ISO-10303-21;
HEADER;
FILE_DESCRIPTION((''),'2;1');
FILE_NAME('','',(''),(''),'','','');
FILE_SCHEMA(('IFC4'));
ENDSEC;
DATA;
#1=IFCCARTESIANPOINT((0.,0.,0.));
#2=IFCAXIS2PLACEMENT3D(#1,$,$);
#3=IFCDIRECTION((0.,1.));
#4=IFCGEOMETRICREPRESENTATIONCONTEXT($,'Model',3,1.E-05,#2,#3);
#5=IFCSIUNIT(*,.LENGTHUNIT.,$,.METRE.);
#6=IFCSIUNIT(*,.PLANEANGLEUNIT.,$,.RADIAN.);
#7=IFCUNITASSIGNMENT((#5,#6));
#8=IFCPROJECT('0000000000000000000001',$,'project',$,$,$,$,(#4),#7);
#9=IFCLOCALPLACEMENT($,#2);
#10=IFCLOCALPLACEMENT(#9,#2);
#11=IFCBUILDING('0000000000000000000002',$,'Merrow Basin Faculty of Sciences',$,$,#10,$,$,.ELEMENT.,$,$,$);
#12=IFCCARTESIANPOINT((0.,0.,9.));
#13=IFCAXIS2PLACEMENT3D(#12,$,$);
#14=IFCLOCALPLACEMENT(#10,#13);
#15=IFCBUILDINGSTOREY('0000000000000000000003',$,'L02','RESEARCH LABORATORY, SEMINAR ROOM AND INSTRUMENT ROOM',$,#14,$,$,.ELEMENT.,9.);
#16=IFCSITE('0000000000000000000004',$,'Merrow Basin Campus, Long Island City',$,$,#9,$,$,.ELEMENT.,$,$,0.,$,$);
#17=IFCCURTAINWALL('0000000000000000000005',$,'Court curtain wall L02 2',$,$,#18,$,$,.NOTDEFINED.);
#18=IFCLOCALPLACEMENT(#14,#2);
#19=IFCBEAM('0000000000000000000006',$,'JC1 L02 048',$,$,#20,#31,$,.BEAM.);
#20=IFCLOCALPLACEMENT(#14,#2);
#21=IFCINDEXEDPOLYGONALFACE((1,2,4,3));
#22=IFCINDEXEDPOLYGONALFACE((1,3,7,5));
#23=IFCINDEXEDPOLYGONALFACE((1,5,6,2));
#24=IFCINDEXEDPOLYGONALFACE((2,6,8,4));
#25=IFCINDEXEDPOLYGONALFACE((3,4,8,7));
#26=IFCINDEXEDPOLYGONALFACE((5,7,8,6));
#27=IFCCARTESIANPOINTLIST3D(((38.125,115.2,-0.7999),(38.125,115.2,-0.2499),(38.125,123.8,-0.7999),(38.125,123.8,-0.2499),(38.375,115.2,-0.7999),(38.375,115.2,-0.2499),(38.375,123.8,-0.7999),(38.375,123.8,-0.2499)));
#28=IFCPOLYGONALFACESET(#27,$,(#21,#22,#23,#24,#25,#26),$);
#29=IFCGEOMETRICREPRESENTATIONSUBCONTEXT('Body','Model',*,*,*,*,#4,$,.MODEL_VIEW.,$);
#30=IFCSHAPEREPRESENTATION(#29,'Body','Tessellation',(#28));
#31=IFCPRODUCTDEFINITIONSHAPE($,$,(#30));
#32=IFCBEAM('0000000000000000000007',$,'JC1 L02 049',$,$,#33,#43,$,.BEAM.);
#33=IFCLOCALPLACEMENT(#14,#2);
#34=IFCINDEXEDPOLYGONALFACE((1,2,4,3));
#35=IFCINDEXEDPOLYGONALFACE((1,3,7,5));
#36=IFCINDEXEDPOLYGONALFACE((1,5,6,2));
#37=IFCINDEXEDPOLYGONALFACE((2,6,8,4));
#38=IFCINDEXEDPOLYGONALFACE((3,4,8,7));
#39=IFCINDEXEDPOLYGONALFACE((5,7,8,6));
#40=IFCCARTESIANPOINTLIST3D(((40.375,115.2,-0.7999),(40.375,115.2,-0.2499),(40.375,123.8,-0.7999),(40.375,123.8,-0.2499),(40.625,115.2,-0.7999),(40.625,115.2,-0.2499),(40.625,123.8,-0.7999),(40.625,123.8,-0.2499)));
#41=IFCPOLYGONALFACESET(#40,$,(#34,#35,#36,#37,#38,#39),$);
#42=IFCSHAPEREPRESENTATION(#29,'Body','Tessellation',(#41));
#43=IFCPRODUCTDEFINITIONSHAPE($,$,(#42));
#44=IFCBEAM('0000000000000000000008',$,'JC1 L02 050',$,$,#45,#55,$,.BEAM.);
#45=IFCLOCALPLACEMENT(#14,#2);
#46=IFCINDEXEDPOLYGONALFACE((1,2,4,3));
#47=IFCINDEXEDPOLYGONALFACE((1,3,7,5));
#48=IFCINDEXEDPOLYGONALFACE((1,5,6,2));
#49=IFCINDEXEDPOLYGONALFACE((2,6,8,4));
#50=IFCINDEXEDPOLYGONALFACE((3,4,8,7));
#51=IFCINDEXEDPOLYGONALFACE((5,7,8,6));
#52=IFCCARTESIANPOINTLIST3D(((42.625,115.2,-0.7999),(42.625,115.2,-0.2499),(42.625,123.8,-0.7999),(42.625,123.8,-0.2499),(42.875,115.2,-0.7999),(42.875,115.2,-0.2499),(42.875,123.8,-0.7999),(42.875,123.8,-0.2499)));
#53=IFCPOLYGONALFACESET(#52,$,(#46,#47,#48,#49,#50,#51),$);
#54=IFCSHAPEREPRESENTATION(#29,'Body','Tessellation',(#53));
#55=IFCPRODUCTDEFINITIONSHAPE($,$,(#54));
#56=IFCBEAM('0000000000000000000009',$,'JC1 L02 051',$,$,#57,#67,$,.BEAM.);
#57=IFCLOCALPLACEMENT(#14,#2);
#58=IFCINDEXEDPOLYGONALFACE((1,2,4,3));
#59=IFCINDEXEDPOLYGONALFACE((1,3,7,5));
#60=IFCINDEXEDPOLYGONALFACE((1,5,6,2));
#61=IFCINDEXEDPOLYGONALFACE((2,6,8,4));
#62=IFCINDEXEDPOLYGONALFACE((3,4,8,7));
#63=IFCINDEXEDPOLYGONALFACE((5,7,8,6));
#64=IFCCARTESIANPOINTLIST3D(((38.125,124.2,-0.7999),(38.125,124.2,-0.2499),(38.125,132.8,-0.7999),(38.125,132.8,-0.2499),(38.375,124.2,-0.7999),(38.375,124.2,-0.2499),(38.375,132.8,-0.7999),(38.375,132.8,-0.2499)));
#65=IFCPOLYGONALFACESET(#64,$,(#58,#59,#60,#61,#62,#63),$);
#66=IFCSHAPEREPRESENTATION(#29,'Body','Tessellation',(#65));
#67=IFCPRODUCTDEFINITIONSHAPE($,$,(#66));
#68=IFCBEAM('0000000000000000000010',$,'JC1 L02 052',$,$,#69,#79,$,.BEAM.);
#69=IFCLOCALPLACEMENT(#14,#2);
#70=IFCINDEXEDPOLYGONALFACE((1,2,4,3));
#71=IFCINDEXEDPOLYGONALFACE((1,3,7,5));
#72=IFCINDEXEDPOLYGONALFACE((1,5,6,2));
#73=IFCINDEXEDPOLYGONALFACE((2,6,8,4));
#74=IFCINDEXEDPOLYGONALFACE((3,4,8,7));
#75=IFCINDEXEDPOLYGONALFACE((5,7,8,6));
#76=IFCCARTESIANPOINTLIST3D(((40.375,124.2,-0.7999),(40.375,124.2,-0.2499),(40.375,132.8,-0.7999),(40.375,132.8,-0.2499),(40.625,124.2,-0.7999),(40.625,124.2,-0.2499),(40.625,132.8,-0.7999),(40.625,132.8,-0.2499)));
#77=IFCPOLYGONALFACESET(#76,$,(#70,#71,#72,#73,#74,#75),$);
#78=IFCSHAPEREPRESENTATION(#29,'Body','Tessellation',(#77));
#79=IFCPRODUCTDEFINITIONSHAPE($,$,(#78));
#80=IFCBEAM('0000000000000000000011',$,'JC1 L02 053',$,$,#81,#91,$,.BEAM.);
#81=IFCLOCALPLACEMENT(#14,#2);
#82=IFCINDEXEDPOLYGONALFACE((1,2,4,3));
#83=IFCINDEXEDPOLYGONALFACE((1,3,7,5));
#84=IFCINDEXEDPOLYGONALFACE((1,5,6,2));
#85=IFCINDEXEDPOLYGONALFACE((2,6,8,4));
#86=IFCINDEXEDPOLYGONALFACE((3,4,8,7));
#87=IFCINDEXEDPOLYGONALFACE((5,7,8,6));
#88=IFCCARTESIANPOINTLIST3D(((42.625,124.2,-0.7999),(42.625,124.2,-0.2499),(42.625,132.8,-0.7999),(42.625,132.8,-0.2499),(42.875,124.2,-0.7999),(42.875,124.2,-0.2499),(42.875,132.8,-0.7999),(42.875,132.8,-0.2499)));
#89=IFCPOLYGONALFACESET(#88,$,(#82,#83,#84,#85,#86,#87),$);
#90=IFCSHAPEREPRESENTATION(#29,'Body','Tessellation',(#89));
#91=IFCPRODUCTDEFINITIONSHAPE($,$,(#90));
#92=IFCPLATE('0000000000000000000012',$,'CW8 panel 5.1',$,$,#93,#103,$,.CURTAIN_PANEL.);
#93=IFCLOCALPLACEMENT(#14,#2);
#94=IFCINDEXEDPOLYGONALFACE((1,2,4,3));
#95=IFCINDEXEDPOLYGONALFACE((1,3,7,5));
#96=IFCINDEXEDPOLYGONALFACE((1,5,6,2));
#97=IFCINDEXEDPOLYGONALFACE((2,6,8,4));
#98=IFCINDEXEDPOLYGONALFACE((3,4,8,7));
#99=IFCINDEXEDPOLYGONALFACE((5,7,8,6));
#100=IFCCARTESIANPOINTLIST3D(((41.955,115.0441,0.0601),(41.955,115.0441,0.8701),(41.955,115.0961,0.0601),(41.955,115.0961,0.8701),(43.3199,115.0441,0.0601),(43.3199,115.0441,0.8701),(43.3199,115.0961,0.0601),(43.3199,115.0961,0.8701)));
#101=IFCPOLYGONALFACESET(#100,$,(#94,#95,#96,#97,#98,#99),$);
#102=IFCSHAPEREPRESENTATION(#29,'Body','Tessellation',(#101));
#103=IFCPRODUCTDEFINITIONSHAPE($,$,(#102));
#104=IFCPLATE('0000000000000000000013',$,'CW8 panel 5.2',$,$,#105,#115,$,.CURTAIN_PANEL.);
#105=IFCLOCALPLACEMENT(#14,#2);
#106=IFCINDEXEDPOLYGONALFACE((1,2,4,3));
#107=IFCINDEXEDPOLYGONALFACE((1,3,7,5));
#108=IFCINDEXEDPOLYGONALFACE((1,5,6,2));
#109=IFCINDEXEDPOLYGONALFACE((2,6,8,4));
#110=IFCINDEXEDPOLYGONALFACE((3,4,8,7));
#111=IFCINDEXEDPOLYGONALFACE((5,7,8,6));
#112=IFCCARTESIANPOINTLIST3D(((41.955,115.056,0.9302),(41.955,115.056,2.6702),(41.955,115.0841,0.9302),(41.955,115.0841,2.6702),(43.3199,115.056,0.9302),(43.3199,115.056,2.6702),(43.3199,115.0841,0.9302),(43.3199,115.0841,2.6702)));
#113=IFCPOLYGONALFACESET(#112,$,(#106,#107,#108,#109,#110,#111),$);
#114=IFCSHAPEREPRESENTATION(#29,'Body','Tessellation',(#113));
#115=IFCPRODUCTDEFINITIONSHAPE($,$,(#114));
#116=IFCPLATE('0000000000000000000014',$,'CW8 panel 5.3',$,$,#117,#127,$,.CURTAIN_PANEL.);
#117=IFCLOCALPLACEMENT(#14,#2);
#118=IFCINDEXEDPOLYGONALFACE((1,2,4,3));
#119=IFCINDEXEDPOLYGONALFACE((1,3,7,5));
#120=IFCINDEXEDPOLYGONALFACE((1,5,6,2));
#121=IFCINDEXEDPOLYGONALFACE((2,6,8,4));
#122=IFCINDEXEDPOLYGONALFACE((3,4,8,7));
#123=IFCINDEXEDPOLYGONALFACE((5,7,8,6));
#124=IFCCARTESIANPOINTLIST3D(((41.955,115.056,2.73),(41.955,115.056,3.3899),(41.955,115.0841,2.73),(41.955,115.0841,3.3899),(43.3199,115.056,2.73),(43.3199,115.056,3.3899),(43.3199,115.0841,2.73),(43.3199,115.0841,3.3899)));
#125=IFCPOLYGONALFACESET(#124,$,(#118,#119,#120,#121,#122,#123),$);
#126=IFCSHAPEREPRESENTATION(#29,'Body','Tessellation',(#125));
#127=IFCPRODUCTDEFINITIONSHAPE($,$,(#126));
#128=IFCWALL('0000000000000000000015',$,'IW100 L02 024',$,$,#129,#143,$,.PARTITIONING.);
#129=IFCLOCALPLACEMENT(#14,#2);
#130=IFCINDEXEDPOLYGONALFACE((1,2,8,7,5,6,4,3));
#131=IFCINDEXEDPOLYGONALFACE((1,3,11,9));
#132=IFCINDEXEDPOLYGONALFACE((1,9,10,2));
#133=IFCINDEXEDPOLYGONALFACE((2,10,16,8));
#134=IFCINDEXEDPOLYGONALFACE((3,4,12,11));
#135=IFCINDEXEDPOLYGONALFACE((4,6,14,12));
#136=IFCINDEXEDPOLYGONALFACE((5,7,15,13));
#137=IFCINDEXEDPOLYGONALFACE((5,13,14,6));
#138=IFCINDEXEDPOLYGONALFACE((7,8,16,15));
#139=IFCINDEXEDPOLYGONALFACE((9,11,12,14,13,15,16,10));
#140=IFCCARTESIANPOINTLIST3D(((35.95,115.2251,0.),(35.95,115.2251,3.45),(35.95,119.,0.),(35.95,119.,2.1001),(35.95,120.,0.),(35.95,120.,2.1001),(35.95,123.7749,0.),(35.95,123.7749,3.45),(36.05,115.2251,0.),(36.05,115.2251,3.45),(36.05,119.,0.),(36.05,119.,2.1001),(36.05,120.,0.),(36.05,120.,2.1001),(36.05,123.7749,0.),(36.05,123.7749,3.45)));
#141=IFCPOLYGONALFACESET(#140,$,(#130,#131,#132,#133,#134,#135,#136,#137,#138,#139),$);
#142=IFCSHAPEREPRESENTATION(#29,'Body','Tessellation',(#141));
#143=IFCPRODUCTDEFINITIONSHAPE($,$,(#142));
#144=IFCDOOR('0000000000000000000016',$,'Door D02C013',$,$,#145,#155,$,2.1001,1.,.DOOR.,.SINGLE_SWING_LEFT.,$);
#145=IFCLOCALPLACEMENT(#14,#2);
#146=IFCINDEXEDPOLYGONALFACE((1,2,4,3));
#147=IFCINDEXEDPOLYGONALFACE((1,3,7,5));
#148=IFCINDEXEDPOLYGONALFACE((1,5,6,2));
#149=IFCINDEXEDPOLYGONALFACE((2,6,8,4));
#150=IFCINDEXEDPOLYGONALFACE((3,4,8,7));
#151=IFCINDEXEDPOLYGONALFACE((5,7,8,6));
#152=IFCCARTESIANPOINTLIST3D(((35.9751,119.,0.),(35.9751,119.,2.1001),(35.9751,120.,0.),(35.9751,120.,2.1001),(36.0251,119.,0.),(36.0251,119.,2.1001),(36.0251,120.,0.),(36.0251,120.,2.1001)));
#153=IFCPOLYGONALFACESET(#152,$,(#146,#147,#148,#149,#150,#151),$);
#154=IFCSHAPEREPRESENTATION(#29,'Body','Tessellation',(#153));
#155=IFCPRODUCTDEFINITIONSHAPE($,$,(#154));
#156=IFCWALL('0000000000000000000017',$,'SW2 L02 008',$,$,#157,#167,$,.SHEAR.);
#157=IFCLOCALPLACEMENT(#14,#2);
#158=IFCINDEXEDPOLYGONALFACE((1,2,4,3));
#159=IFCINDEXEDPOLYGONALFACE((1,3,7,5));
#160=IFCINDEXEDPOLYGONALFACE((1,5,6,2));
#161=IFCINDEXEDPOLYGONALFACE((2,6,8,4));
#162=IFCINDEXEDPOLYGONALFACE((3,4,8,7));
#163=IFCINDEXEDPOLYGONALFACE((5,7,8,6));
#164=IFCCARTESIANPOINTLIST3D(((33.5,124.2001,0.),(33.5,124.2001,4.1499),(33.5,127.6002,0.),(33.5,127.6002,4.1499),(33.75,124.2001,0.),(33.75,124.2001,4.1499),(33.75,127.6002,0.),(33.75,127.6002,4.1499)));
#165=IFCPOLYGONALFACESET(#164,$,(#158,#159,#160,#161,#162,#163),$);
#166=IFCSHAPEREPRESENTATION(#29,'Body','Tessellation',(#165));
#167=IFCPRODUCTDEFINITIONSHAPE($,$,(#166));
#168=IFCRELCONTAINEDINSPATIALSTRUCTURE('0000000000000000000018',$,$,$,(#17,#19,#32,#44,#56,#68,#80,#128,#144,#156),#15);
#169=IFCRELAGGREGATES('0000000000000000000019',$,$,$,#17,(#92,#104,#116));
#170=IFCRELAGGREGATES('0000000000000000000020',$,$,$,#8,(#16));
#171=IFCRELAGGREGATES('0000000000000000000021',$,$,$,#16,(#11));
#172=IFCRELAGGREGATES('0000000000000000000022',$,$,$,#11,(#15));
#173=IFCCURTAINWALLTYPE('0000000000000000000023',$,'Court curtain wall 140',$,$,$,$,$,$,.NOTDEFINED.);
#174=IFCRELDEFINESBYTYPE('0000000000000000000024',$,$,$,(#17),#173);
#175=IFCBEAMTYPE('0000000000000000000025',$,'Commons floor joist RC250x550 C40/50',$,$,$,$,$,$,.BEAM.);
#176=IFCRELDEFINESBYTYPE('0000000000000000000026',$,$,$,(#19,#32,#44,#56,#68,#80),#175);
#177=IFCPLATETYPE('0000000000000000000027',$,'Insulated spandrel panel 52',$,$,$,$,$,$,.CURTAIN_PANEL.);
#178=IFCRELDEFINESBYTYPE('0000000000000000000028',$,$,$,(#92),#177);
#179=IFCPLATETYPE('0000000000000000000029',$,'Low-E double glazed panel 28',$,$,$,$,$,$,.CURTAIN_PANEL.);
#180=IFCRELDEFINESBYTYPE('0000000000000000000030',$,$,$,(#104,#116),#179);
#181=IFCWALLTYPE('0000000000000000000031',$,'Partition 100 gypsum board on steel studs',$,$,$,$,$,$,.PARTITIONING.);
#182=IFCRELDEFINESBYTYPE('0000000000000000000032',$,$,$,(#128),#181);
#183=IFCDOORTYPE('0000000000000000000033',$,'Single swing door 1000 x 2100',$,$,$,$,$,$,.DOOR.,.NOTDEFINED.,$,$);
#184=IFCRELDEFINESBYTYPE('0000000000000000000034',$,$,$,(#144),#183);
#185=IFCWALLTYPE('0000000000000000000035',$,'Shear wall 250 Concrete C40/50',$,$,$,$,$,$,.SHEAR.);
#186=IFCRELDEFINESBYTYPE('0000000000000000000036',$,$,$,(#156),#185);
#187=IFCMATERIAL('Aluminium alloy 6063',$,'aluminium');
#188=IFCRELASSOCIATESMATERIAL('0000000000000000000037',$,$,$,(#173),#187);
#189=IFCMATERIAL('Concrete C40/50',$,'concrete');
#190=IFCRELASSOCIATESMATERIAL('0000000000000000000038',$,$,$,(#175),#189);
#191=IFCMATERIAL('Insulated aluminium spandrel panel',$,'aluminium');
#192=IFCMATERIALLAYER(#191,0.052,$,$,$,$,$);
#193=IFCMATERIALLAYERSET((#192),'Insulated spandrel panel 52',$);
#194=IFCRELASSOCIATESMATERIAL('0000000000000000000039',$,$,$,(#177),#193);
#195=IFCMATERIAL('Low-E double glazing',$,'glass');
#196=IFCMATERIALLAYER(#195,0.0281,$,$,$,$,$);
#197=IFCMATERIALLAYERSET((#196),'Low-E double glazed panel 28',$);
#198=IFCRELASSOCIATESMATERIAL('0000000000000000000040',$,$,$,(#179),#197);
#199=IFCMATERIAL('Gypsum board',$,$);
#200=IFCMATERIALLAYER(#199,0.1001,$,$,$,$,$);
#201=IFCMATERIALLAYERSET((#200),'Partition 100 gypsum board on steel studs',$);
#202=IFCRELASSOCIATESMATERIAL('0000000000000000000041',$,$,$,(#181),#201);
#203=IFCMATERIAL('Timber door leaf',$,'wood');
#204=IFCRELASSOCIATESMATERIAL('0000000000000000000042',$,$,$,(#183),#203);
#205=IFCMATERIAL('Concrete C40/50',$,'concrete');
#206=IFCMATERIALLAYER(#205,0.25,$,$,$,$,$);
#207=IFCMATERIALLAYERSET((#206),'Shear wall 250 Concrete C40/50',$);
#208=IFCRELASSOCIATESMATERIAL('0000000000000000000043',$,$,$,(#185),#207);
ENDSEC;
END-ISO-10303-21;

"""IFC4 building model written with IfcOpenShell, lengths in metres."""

from ifc_helpers import new_model, si_unit, direction, frame, frame_2d, origin, origin_2d, place, context, subcontext, project, spatial, rectangle, extrude, material, layer, layer_set, material_profile, profile_set, type_object, element, fill, aggregate, save


model = new_model("IFC4")

# Units and contexts
model_context = context("Model", 3, precision=1e-05, world=origin(), true_north=direction((0.0, 1.0)))
body_context = subcontext(model_context, "Body", "Model", "MODEL_VIEW")
ifc_project = project(units=[si_unit("LENGTHUNIT", "METRE"), si_unit("PLANEANGLEUNIT", "RADIAN")], contexts=[model_context])

# Site, building, storey
site_placement = place(None, origin())
site = spatial("IfcSite", under=ifc_project, at=site_placement, Name="Merrow Basin Campus, Long Island City", CompositionType="ELEMENT", RefElevation=0.0)
building_placement = place(site_placement, origin())
building = spatial("IfcBuilding", under=site, at=building_placement, Name="Merrow Basin Faculty of Sciences", CompositionType="ELEMENT")
storey_placement = place(building_placement, frame((0.0, 0.0, 9.0)))
storey = spatial("IfcBuildingStorey", under=building, at=storey_placement, Name="L02", Description="RESEARCH LABORATORY, SEMINAR ROOM AND INSTRUMENT ROOM", CompositionType="ELEMENT", Elevation=9.0)

# Curtain wall
ifc_material_1 = material(Name="Aluminium alloy 6063", Category="aluminium")
curtain_wall_type = type_object("IfcCurtainWallType", Name="Court curtain wall 140", PredefinedType="NOTDEFINED", material=ifc_material_1)
curtain_wall_placement = place(storey_placement, origin())
curtain_wall = element("IfcCurtainWall", 1, at=curtain_wall_placement, inside=storey, type_object=curtain_wall_type, Name="Court curtain wall L02 2", PredefinedType="NOTDEFINED")

# Beams
ifc_material_2 = material(Name="Concrete C40/50", Category="concrete")
ifc_material_profile_1 = material_profile(ifc_material_2, rectangle(XDim=0.25, YDim=0.55, at=origin_2d()))
ifc_profile_set_1 = profile_set([ifc_material_profile_1], Name="Concrete C40/50")
beam_type_1 = type_object("IfcBeamType", Name="Commons floor joist RC250x550 C40/50", PredefinedType="BEAM", material=ifc_profile_set_1)
for number, where, z_axis, x_axis, name in (
    (2, (38.25, 115.2, -0.5249), (0.0, 1.0, 0.0), (-1.0, 0.0, 0.0), "JC1 L02 048"),
    (3, (40.5, 115.2, -0.5249), (0.0, 1.0, 0.0), (-1.0, 0.0, 0.0), "JC1 L02 049"),
    (4, (42.75, 115.2, -0.5249), (0.0, 1.0, 0.0), (-1.0, 0.0, 0.0), "JC1 L02 050"),
    (5, (38.25, 124.2, -0.5249), (0.0, 1.0, 0.0), (-1.0, 0.0, 0.0), "JC1 L02 051"),
    (6, (40.5, 124.2, -0.5249), (0.0, 1.0, 0.0), (-1.0, 0.0, 0.0), "JC1 L02 052"),
    (7, (42.75, 124.2, -0.5249), (0.0, 1.0, 0.0), (-1.0, 0.0, 0.0), "JC1 L02 053"),
):
    element("IfcBeam", number, at=place(storey_placement, frame(where, z_axis=z_axis, x_axis=x_axis)), inside=storey, type_object=beam_type_1, Name=name, PredefinedType="BEAM", context=body_context, shape_type="SweptSolid", body=[
        extrude(rectangle(XDim=0.25, YDim=0.55, at=origin_2d()), origin(), (0.0, 0.0, 1.0), 8.6001),
    ])

# Plates
ifc_material_3 = material(Name="Insulated aluminium spandrel panel", Category="aluminium")
ifc_layer_1 = layer(ifc_material_3, 0.052)
ifc_layer_set_1 = layer_set([ifc_layer_1], Name="Insulated spandrel panel 52")
plate_type_1 = type_object("IfcPlateType", Name="Insulated spandrel panel 52", PredefinedType="CURTAIN_PANEL", material=ifc_layer_set_1)
plate_1_placement = place(storey_placement, frame((42.6375, 115.0701, 0.0601), z_axis=(0.0, 0.0, 1.0), x_axis=(1.0, 0.0, 0.0)))
plate_1 = element("IfcPlate", 8, at=plate_1_placement, type_object=plate_type_1, Name="CW8 panel 5.1", PredefinedType="CURTAIN_PANEL", context=body_context, shape_type="SweptSolid", body=[
    extrude(rectangle(XDim=1.365, YDim=0.052, at=origin_2d()), origin(), (0.0, 0.0, 1.0), 0.8101),
])
ifc_material_4 = material(Name="Low-E double glazing", Category="glass")
ifc_layer_2 = layer(ifc_material_4, 0.0281)
ifc_layer_set_2 = layer_set([ifc_layer_2], Name="Low-E double glazed panel 28")
plate_type_2 = type_object("IfcPlateType", Name="Low-E double glazed panel 28", PredefinedType="CURTAIN_PANEL", material=ifc_layer_set_2)
plate_2_placement = place(storey_placement, frame((42.6375, 115.0701, 0.9302), z_axis=(0.0, 0.0, 1.0), x_axis=(1.0, 0.0, 0.0)))
plate_2 = element("IfcPlate", 9, at=plate_2_placement, type_object=plate_type_2, Name="CW8 panel 5.2", PredefinedType="CURTAIN_PANEL", context=body_context, shape_type="SweptSolid", body=[
    extrude(rectangle(XDim=1.365, YDim=0.0281, at=origin_2d()), origin(), (0.0, 0.0, 1.0), 1.74),
])
plate_3_placement = place(storey_placement, frame((42.6375, 115.0701, 2.73), z_axis=(0.0, 0.0, 1.0), x_axis=(1.0, 0.0, 0.0)))
plate_3 = element("IfcPlate", 10, at=plate_3_placement, type_object=plate_type_2, Name="CW8 panel 5.3", PredefinedType="CURTAIN_PANEL", context=body_context, shape_type="SweptSolid", body=[
    extrude(rectangle(XDim=1.365, YDim=0.0281, at=origin_2d()), origin(), (0.0, 0.0, 1.0), 0.6599),
])
aggregate(curtain_wall, [plate_1, plate_2, plate_3])

# Wall, opening, door
ifc_material_5 = material(Name="Gypsum board")
ifc_layer_3 = layer(ifc_material_5, 0.1001)
ifc_layer_set_3 = layer_set([ifc_layer_3], Name="Partition 100 gypsum board on steel studs")
wall_type_1 = type_object("IfcWallType", Name="Partition 100 gypsum board on steel studs", PredefinedType="PARTITIONING", material=ifc_layer_set_3)
wall_1_placement = place(storey_placement, frame((36.0, 115.2251, 0.0), z_axis=(0.0, 0.0, 1.0), x_axis=(0.0, 1.0, 0.0)))
wall_1 = element("IfcWall", 11, at=wall_1_placement, inside=storey, type_object=wall_type_1, Name="IW100 L02 024", PredefinedType="PARTITIONING", context=body_context, shape_type="SweptSolid", body=[
    extrude(rectangle(XDim=8.5498, YDim=0.1001, at=frame_2d((4.2749, 0.0))), origin(), (0.0, 0.0, 1.0), 3.45),
])
opening_1_placement = place(wall_1_placement, frame((3.7749, 0.0, 0.0)))
opening_1 = element("IfcOpeningElement", 12, at=opening_1_placement, cuts=wall_1, PredefinedType="OPENING", context=body_context, shape_type="SweptSolid", body=[
    extrude(rectangle(XDim=1.0, YDim=2.1001, at=frame_2d((0.5, 1.05))), frame((0.0, 0.0601, 0.0), z_axis=(0.0, -1.0, 0.0), x_axis=(1.0, 0.0, 0.0)), (0.0, 0.0, 1.0), 0.1201),
])
ifc_material_6 = material(Name="Timber door leaf", Category="wood")
door_type_1 = type_object("IfcDoorType", Name="Single swing door 1000 x 2100", OperationType="NOTDEFINED", PredefinedType="DOOR", material=ifc_material_6)
door_1_placement = place(opening_1_placement, origin())
door_1 = element("IfcDoor", 13, at=door_1_placement, inside=storey, type_object=door_type_1, Name="Door D02C013", OperationType="SINGLE_SWING_LEFT", OverallHeight=2.1001, OverallWidth=1.0, PredefinedType="DOOR", context=body_context, shape_type="SweptSolid", body=[
    extrude(rectangle(XDim=1.0, YDim=2.1001, at=frame_2d((0.5, 1.05))), frame((0.0, 0.0249, 0.0), z_axis=(0.0, -1.0, 0.0), x_axis=(1.0, 0.0, 0.0)), (0.0, 0.0, 1.0), 0.05),
])
fill(opening_1, door_1)

# Wall
ifc_material_7 = material(Name="Concrete C40/50", Category="concrete")
ifc_layer_4 = layer(ifc_material_7, 0.25)
ifc_layer_set_4 = layer_set([ifc_layer_4], Name="Shear wall 250 Concrete C40/50")
wall_type_2 = type_object("IfcWallType", Name="Shear wall 250 Concrete C40/50", PredefinedType="SHEAR", material=ifc_layer_set_4)
wall_2_placement = place(storey_placement, frame((33.625, 124.2, 0.0), z_axis=(0.0, 0.0, 1.0), x_axis=(0.0, 1.0, 0.0)))
element("IfcWall", 14, at=wall_2_placement, inside=storey, type_object=wall_type_2, Name="SW2 L02 008", PredefinedType="SHEAR", context=body_context, shape_type="SweptSolid", body=[
    extrude(rectangle(XDim=3.4001, YDim=0.25, at=frame_2d((1.7002, 0.0))), origin(), (0.0, 0.0, 1.0), 4.1499),
])

save(model, "model.ifc")
